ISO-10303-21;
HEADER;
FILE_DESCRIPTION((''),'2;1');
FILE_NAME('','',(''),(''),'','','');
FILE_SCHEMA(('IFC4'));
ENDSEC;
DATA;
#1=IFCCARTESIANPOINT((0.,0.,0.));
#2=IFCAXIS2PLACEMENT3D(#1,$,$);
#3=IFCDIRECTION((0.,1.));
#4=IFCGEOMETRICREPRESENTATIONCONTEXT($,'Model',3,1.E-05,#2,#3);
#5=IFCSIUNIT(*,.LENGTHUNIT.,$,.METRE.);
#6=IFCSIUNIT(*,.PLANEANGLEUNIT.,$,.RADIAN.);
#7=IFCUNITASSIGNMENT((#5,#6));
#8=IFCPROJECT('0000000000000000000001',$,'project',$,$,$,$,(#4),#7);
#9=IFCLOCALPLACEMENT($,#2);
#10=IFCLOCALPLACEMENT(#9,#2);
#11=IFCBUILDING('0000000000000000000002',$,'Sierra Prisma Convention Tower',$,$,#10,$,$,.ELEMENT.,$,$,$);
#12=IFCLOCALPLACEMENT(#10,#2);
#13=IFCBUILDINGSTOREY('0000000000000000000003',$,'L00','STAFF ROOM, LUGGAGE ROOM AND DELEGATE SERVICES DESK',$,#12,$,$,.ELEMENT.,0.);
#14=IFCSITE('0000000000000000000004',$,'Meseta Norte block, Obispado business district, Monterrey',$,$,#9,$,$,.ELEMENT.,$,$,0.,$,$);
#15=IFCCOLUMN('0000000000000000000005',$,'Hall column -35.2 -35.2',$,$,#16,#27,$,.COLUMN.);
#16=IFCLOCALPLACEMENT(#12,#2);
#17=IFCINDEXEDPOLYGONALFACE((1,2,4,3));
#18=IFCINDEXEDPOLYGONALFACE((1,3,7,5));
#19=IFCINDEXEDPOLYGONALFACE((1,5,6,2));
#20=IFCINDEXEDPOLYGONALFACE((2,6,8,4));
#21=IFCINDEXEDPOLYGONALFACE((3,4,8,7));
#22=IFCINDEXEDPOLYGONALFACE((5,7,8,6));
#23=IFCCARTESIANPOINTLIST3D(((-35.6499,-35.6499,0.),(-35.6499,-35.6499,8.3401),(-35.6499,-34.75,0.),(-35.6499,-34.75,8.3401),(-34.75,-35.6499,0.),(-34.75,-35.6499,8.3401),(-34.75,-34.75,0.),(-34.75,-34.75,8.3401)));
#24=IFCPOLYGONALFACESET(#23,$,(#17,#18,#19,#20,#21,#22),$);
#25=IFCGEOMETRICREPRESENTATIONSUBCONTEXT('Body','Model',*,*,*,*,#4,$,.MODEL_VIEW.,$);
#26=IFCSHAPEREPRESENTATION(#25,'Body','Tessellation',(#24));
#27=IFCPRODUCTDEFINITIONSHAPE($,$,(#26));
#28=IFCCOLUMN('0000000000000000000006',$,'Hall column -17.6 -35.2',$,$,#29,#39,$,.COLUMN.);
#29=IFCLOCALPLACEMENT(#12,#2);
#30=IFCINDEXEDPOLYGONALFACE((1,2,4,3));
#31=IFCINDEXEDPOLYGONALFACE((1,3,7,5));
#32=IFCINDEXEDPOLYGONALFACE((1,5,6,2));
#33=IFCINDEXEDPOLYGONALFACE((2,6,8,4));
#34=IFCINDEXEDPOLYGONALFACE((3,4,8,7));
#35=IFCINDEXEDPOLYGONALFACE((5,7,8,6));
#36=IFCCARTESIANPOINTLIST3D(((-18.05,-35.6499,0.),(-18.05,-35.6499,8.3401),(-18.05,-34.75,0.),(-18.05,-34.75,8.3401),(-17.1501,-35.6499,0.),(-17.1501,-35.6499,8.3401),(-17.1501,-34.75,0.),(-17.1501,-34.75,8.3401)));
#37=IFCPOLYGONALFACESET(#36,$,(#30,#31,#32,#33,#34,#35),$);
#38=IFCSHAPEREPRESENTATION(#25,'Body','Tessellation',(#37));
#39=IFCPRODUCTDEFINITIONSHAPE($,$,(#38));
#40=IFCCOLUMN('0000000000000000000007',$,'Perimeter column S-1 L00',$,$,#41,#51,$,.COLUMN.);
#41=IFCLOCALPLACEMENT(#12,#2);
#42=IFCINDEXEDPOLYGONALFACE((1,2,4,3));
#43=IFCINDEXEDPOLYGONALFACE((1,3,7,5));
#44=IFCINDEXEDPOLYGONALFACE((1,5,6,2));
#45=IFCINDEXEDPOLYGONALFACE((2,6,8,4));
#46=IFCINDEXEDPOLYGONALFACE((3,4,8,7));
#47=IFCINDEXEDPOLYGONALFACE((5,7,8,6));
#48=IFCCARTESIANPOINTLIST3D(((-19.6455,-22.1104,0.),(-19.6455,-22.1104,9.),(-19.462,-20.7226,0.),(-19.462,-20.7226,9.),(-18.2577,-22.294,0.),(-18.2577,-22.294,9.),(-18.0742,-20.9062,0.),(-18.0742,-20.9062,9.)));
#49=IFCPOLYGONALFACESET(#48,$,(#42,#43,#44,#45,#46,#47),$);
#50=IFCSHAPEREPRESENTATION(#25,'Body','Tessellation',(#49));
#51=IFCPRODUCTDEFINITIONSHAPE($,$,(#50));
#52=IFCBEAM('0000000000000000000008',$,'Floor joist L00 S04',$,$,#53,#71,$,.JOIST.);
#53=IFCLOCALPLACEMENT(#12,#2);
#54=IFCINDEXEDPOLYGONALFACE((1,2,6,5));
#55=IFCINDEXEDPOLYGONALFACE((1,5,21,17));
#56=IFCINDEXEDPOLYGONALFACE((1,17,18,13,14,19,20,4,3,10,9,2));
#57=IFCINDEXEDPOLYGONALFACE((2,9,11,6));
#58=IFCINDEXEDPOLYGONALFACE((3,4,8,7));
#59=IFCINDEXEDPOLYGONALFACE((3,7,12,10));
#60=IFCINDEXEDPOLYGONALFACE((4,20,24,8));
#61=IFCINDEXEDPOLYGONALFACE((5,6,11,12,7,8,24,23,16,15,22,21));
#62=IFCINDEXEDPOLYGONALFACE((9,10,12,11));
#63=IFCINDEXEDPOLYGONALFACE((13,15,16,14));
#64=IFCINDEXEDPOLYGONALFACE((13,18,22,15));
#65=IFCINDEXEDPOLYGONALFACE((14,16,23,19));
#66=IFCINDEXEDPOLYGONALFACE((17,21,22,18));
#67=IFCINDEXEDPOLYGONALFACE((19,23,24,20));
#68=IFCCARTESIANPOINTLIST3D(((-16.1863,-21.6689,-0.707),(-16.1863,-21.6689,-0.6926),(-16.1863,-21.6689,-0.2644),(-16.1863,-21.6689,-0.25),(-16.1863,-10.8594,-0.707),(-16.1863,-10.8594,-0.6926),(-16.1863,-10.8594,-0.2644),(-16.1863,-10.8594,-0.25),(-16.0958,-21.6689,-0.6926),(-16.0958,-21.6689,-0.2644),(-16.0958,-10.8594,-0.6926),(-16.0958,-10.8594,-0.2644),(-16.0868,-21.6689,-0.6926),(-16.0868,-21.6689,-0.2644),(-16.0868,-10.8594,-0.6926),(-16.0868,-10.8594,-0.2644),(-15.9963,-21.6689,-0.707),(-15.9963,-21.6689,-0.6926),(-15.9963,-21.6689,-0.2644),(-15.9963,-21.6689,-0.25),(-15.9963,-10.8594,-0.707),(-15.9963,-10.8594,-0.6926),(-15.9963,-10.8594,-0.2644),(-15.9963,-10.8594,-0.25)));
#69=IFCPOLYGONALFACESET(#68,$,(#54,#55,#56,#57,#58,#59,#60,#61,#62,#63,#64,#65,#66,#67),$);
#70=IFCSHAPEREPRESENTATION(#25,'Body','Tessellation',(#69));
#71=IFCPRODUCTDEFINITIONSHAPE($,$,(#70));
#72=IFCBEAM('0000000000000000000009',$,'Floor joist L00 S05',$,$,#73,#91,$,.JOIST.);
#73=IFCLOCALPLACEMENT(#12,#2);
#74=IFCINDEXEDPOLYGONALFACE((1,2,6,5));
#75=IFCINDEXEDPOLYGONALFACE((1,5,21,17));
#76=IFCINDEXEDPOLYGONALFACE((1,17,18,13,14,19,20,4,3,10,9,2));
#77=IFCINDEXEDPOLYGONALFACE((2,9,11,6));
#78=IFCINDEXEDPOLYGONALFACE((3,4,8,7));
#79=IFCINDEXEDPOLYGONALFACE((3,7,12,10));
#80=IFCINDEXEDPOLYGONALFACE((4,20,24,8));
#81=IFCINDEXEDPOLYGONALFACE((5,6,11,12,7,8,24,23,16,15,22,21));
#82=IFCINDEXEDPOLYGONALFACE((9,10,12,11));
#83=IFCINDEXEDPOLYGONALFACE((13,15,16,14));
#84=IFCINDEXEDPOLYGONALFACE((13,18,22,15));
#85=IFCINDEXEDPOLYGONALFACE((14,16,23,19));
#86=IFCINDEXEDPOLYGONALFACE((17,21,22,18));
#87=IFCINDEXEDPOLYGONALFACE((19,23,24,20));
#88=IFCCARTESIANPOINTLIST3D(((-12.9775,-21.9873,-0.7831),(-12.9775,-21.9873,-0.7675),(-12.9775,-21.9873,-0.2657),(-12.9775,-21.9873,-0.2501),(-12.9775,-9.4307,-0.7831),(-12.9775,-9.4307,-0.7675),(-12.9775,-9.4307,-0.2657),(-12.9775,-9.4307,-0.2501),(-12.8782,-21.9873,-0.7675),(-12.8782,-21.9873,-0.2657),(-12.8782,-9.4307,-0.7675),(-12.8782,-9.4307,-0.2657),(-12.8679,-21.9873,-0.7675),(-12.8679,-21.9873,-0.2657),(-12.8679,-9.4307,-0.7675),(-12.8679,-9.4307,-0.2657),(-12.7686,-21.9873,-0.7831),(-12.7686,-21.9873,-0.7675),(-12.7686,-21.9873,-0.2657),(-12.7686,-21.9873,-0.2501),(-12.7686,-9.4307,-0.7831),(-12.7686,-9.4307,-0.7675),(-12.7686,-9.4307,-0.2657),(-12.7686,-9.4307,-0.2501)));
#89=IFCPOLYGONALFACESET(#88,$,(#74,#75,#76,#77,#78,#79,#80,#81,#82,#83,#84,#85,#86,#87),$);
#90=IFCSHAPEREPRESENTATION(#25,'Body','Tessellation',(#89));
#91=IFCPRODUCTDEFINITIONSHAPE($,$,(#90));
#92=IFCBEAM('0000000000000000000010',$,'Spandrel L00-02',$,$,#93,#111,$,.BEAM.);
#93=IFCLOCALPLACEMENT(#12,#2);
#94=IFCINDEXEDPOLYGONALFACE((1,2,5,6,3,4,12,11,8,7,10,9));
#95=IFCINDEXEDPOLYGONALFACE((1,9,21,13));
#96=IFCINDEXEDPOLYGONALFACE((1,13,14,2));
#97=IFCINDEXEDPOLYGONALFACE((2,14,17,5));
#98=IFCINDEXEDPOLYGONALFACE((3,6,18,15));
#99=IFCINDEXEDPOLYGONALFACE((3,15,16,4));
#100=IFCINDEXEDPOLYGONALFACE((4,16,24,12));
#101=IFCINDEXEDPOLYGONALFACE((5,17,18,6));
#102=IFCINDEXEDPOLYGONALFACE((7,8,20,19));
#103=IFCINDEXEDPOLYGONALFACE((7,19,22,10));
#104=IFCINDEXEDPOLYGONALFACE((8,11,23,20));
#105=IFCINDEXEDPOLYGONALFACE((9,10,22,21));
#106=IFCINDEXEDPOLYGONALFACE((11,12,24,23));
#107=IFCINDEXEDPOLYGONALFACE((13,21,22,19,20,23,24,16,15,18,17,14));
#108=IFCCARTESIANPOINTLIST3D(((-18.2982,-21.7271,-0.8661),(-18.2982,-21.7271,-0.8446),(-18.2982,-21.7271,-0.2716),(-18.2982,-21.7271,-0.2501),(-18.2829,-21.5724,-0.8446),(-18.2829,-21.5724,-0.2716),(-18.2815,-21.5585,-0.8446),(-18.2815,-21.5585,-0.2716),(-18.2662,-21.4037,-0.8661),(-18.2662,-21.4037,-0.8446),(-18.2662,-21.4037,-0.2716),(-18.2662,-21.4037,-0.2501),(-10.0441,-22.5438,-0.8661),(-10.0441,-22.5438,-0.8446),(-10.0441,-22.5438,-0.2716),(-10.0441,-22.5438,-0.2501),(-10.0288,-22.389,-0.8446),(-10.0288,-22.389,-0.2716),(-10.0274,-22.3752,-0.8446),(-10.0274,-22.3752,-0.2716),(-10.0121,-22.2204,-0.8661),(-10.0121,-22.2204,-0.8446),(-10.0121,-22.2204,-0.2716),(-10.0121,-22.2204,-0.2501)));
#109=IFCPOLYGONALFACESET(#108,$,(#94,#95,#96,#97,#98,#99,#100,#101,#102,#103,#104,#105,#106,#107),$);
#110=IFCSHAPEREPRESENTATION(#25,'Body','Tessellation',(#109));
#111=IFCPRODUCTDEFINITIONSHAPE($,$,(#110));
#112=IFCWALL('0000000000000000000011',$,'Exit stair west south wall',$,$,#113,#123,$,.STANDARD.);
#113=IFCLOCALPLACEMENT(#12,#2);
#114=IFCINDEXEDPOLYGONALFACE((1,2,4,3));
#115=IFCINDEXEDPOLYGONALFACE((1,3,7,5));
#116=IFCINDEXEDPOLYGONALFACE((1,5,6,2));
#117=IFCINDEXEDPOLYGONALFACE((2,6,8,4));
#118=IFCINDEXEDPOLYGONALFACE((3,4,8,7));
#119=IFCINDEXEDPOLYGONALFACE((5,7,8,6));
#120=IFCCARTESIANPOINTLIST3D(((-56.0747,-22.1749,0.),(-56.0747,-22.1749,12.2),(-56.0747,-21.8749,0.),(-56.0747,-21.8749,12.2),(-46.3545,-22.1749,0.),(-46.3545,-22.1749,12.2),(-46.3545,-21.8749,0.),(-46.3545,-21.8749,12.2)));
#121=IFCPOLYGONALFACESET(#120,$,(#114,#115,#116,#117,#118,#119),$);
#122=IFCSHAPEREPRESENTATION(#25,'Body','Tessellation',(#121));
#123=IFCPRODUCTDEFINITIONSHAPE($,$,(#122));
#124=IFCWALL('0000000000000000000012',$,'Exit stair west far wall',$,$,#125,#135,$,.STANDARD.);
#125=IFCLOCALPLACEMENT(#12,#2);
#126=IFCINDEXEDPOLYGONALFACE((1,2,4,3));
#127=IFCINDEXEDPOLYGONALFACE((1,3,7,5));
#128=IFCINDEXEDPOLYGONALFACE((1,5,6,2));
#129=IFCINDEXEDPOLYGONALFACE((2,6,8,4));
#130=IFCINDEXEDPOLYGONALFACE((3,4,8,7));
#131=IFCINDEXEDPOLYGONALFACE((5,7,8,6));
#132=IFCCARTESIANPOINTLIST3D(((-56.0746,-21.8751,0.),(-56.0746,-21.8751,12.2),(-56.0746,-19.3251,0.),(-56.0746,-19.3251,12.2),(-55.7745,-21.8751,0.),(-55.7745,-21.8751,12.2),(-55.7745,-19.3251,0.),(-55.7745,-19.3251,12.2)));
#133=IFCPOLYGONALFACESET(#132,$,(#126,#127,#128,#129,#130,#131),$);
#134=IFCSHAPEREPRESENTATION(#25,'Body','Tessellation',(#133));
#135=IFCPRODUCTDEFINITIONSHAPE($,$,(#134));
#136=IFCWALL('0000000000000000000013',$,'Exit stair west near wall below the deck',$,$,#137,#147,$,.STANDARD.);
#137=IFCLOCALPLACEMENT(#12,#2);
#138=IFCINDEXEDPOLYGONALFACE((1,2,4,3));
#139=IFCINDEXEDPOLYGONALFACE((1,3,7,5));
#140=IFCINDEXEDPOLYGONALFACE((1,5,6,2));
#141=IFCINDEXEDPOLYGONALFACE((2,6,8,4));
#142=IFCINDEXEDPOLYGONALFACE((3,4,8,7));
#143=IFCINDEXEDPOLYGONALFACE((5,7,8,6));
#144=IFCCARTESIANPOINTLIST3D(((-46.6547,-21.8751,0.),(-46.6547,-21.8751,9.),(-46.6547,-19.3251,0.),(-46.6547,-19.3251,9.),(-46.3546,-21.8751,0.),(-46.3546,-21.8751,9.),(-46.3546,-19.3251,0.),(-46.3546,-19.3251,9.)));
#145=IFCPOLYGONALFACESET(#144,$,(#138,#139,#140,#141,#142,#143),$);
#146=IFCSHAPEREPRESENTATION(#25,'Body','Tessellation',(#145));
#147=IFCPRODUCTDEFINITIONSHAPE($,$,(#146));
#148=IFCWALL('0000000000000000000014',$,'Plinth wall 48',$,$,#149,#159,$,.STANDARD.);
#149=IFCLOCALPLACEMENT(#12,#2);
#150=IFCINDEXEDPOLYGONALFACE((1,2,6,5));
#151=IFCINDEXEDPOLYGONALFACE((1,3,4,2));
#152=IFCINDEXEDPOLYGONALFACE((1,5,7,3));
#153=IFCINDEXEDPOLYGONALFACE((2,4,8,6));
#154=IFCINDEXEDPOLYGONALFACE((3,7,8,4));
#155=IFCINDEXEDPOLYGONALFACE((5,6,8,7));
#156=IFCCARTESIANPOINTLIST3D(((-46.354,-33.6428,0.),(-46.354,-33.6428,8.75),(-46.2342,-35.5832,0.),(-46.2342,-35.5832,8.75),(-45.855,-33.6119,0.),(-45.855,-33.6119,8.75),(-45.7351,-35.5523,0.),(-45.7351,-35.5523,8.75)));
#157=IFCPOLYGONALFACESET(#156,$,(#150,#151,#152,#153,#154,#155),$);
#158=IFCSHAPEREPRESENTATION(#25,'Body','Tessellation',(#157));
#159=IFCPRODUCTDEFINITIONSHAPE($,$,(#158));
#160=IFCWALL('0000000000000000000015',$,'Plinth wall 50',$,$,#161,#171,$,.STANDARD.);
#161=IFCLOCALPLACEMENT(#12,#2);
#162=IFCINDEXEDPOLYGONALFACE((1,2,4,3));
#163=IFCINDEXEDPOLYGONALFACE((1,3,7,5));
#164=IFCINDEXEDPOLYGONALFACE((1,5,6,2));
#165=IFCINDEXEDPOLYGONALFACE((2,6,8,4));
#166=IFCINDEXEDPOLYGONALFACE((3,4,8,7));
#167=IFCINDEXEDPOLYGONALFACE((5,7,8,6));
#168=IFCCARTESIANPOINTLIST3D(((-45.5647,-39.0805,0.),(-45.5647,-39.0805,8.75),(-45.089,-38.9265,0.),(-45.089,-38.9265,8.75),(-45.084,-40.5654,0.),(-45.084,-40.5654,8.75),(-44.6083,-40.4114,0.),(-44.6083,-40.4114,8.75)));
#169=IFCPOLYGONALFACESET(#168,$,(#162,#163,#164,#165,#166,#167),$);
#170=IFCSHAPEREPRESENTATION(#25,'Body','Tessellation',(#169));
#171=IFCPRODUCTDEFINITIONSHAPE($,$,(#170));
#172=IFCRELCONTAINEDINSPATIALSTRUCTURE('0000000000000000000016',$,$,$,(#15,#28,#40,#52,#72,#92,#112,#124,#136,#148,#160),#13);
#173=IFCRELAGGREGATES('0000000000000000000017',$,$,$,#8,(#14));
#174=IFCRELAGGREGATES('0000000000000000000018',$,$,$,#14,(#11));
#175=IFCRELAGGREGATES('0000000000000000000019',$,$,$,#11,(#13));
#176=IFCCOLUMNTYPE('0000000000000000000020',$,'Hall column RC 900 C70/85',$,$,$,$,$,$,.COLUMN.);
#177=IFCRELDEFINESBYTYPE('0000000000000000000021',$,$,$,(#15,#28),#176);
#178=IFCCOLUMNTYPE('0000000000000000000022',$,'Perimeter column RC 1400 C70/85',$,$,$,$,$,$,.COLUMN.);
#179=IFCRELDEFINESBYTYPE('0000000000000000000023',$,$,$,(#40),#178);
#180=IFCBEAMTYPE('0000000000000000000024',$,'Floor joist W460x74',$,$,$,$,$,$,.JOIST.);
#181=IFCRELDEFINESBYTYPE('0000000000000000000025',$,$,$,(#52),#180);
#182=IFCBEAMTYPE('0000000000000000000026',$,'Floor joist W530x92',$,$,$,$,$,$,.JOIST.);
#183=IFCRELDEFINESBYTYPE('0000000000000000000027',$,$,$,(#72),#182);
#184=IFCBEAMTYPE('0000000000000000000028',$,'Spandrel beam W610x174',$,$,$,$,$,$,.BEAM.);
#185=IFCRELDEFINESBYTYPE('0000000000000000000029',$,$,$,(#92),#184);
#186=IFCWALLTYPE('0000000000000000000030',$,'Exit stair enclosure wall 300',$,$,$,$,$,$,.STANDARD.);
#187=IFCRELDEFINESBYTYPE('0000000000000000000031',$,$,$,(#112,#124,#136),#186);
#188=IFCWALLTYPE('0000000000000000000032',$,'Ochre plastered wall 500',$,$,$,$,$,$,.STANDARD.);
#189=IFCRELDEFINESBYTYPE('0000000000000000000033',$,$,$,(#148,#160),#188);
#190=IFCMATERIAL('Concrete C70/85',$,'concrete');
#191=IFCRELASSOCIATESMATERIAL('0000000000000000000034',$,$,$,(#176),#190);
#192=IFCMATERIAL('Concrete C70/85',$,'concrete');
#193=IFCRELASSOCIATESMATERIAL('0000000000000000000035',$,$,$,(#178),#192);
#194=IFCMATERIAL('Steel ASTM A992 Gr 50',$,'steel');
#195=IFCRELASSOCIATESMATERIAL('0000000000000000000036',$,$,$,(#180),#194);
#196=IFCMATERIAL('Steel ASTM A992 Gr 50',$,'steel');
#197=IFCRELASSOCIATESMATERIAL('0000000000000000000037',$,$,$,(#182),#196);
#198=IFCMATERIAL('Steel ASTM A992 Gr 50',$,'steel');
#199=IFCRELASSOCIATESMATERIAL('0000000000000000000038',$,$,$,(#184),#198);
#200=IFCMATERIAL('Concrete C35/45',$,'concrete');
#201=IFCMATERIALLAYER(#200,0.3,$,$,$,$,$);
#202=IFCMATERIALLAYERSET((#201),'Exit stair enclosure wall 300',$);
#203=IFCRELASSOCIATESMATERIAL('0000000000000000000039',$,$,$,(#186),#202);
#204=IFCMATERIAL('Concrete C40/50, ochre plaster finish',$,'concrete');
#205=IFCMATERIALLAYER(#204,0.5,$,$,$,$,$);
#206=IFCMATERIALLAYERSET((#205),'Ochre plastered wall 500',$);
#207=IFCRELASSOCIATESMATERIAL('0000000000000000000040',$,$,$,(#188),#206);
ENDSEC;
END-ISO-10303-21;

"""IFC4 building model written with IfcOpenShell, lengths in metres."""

from ifc_helpers import new_model, si_unit, direction, frame, frame_2d, origin, origin_2d, place, context, subcontext, project, spatial, rectangle, i_section, extrude, material, layer, layer_set, material_profile, profile_set, type_object, element, save


model = new_model("IFC4")

# Units and contexts
model_context = context("Model", 3, precision=1e-05, world=origin(), true_north=direction((0.0, 1.0)))
body_context = subcontext(model_context, "Body", "Model", "MODEL_VIEW")
ifc_project = project(units=[si_unit("LENGTHUNIT", "METRE"), si_unit("PLANEANGLEUNIT", "RADIAN")], contexts=[model_context])

# Site, building, storey
site_placement = place(None, origin())
site = spatial("IfcSite", under=ifc_project, at=site_placement, Name="Meseta Norte block, Obispado business district, Monterrey", CompositionType="ELEMENT", RefElevation=0.0)
building_placement = place(site_placement, origin())
building = spatial("IfcBuilding", under=site, at=building_placement, Name="Sierra Prisma Convention Tower", CompositionType="ELEMENT")
storey_placement = place(building_placement, origin())
storey = spatial("IfcBuildingStorey", under=building, at=storey_placement, Name="L00", Description="STAFF ROOM, LUGGAGE ROOM AND DELEGATE SERVICES DESK", CompositionType="ELEMENT", Elevation=0.0)

# Columns
ifc_material_1 = material(Name="Concrete C70/85", Category="concrete")
ifc_material_profile_1 = material_profile(ifc_material_1, rectangle(XDim=0.8999, YDim=0.8999, at=origin_2d()), Name="Hall column RC 900 C70/85")
ifc_profile_set_1 = profile_set([ifc_material_profile_1], Name="Concrete C70/85")
column_type_1 = type_object("IfcColumnType", Name="Hall column RC 900 C70/85", PredefinedType="COLUMN", material=ifc_profile_set_1)
for number, where, z_axis, x_axis, name in (
    (1, (-35.2, -35.2, 0.0), (0.0, 0.0, 1.0), (1.0, 0.0, 0.0), "Hall column -35.2 -35.2"),
    (2, (-17.6001, -35.2, 0.0), (0.0, 0.0, 1.0), (1.0, 0.0, 0.0), "Hall column -17.6 -35.2"),
):
    element("IfcColumn", number, at=place(storey_placement, frame(where, z_axis=z_axis, x_axis=x_axis)), inside=storey, type_object=column_type_1, Name=name, PredefinedType="COLUMN", context=body_context, shape_type="SweptSolid", body=[
        extrude(rectangle(XDim=0.8999, YDim=0.8999, at=origin_2d()), origin(), (0.0, 0.0, 1.0), 8.3401),
    ])
ifc_material_2 = material(Name="Concrete C70/85", Category="concrete")
ifc_material_profile_2 = material_profile(ifc_material_2, rectangle(XDim=1.3999, YDim=1.3999, at=origin_2d()), Name="Perimeter column RC 1400 C70/85")
ifc_profile_set_2 = profile_set([ifc_material_profile_2], Name="Concrete C70/85")
column_type_2 = type_object("IfcColumnType", Name="Perimeter column RC 1400 C70/85", PredefinedType="COLUMN", material=ifc_profile_set_2)
column_placement = place(storey_placement, frame((-18.8599, -21.5083, 0.0), z_axis=(0.0, 0.0, 1.0), x_axis=(-0.991367, 0.131115, 0.0)))
element("IfcColumn", 3, at=column_placement, inside=storey, type_object=column_type_2, Name="Perimeter column S-1 L00", PredefinedType="COLUMN", context=body_context, shape_type="SweptSolid", body=[
    extrude(rectangle(XDim=1.3999, YDim=1.3999, at=origin_2d()), origin(), (0.0, 0.0, 1.0), 9.0),
])

# Beams
ifc_material_3 = material(Name="Steel ASTM A992 Gr 50", Category="steel")
ifc_material_profile_3 = material_profile(ifc_material_3, i_section(OverallWidth=0.1899, OverallDepth=0.457, WebThickness=0.009, FlangeThickness=0.0144, at=origin_2d()), Name="W460x74")
ifc_profile_set_3 = profile_set([ifc_material_profile_3], Name="Steel ASTM A992 Gr 50")
beam_type_1 = type_object("IfcBeamType", Name="Floor joist W460x74", PredefinedType="JOIST", material=ifc_profile_set_3)
beam_1_placement = place(storey_placement, frame((-16.0913, -21.6689, -0.4785), z_axis=(0.0, 1.0, 0.0), x_axis=(-1.0, 0.0, 0.0)))
element("IfcBeam", 4, at=beam_1_placement, inside=storey, type_object=beam_type_1, Name="Floor joist L00 S04", PredefinedType="JOIST", context=body_context, shape_type="SweptSolid", body=[
    extrude(i_section(OverallWidth=0.1899, OverallDepth=0.457, WebThickness=0.009, FlangeThickness=0.0144, at=origin_2d()), origin(), (0.0, 0.0, 1.0), 10.8096),
])
ifc_material_4 = material(Name="Steel ASTM A992 Gr 50", Category="steel")
ifc_material_profile_4 = material_profile(ifc_material_4, i_section(OverallWidth=0.209, OverallDepth=0.533, WebThickness=0.0103, FlangeThickness=0.0156, at=origin_2d()), Name="W530x92")
ifc_profile_set_4 = profile_set([ifc_material_profile_4], Name="Steel ASTM A992 Gr 50")
beam_type_2 = type_object("IfcBeamType", Name="Floor joist W530x92", PredefinedType="JOIST", material=ifc_profile_set_4)
beam_2_placement = place(storey_placement, frame((-12.873, -21.9873, -0.5166), z_axis=(0.0, 1.0, 0.0), x_axis=(-1.0, 0.0, 0.0)))
element("IfcBeam", 5, at=beam_2_placement, inside=storey, type_object=beam_type_2, Name="Floor joist L00 S05", PredefinedType="JOIST", context=body_context, shape_type="SweptSolid", body=[
    extrude(i_section(OverallWidth=0.209, OverallDepth=0.533, WebThickness=0.0103, FlangeThickness=0.0156, at=origin_2d()), origin(), (0.0, 0.0, 1.0), 12.5566),
])
ifc_material_5 = material(Name="Steel ASTM A992 Gr 50", Category="steel")
ifc_material_profile_5 = material_profile(ifc_material_5, i_section(OverallWidth=0.325, OverallDepth=0.616, WebThickness=0.0139, FlangeThickness=0.0215, at=origin_2d()), Name="W610x174")
ifc_profile_set_5 = profile_set([ifc_material_profile_5], Name="Steel ASTM A992 Gr 50")
beam_type_3 = type_object("IfcBeamType", Name="Spandrel beam W610x174", PredefinedType="BEAM", material=ifc_profile_set_5)
beam_3_placement = place(storey_placement, frame((-18.2822, -21.5654, -0.5581), z_axis=(0.995141, -0.098457, 0.0), x_axis=(0.098457, 0.995141, 0.0)))
element("IfcBeam", 6, at=beam_3_placement, inside=storey, type_object=beam_type_3, Name="Spandrel L00-02", PredefinedType="BEAM", context=body_context, shape_type="SweptSolid", body=[
    extrude(i_section(OverallWidth=0.325, OverallDepth=0.616, WebThickness=0.0139, FlangeThickness=0.0215, at=origin_2d()), origin(), (0.0, 0.0, 1.0), 8.2944),
])

# Walls
ifc_material_6 = material(Name="Concrete C35/45", Category="concrete")
ifc_layer_1 = layer(ifc_material_6, 0.3)
ifc_layer_set_1 = layer_set([ifc_layer_1], Name="Exit stair enclosure wall 300")
wall_type_1 = type_object("IfcWallType", Name="Exit stair enclosure wall 300", PredefinedType="STANDARD", material=ifc_layer_set_1)
wall_1_placement = place(storey_placement, frame((-46.3545, -22.0249, 0.0), z_axis=(0.0, 0.0, 1.0), x_axis=(-1.0, 0.0, 0.0)))
element("IfcWall", 7, at=wall_1_placement, inside=storey, type_object=wall_type_1, Name="Exit stair west south wall", PredefinedType="STANDARD", context=body_context, shape_type="SweptSolid", body=[
    extrude(rectangle(XDim=9.7202, YDim=0.3, at=frame_2d((4.8601, 0.0))), origin(), (0.0, 0.0, 1.0), 12.2),
])
wall_2_placement = place(storey_placement, frame((-55.9246, -21.875, 0.0), z_axis=(0.0, 0.0, 1.0), x_axis=(0.0, 1.0, 0.0)))
element("IfcWall", 8, at=wall_2_placement, inside=storey, type_object=wall_type_1, Name="Exit stair west far wall", PredefinedType="STANDARD", context=body_context, shape_type="SweptSolid", body=[
    extrude(rectangle(XDim=2.55, YDim=0.3, at=frame_2d((1.2749, 0.0))), origin(), (0.0, 0.0, 1.0), 12.2),
])
wall_3_placement = place(storey_placement, frame((-46.5046, -21.875, 0.0), z_axis=(0.0, 0.0, 1.0), x_axis=(0.0, 1.0, 0.0)))
element("IfcWall", 9, at=wall_3_placement, inside=storey, type_object=wall_type_1, Name="Exit stair west near wall below the deck", PredefinedType="STANDARD", context=body_context, shape_type="SweptSolid", body=[
    extrude(rectangle(XDim=2.55, YDim=0.3, at=frame_2d((1.2749, 0.0))), origin(), (0.0, 0.0, 1.0), 9.0),
])

# Shared definitions
ifc_material_7 = material(Name="Concrete C40/50, ochre plaster finish", Category="concrete")
ifc_layer_2 = layer(ifc_material_7, 0.5)
ifc_layer_set_2 = layer_set([ifc_layer_2], Name="Ochre plastered wall 500")
wall_type_2 = type_object("IfcWallType", Name="Ochre plastered wall 500", PredefinedType="STANDARD", material=ifc_layer_set_2)

# Walls
wall_4_placement = place(storey_placement, frame((-45.9846, -35.5679, 0.0), z_axis=(0.0, 0.0, 1.0), x_axis=(-0.061659, 0.998097, 0.0)))
element("IfcWall", 10, at=wall_4_placement, inside=storey, type_object=wall_type_2, Name="Plinth wall 48", PredefinedType="STANDARD", context=body_context, shape_type="SweptSolid", body=[
    extrude(rectangle(XDim=1.9441, YDim=0.5, at=frame_2d((0.9722, 0.0))), origin(), (0.0, 0.0, 1.0), 8.75),
])
wall_5_placement = place(storey_placement, frame((-44.8462, -40.4883, 0.0), z_axis=(0.0, 0.0, 1.0), x_axis=(-0.308004, 0.951385, 0.0)))
element("IfcWall", 11, at=wall_5_placement, inside=storey, type_object=wall_type_2, Name="Plinth wall 50", PredefinedType="STANDARD", context=body_context, shape_type="SweptSolid", body=[
    extrude(rectangle(XDim=1.5608, YDim=0.5, at=frame_2d((0.7803, 0.0))), origin(), (0.0, 0.0, 1.0), 8.75),
])

save(model, "model.ifc")
